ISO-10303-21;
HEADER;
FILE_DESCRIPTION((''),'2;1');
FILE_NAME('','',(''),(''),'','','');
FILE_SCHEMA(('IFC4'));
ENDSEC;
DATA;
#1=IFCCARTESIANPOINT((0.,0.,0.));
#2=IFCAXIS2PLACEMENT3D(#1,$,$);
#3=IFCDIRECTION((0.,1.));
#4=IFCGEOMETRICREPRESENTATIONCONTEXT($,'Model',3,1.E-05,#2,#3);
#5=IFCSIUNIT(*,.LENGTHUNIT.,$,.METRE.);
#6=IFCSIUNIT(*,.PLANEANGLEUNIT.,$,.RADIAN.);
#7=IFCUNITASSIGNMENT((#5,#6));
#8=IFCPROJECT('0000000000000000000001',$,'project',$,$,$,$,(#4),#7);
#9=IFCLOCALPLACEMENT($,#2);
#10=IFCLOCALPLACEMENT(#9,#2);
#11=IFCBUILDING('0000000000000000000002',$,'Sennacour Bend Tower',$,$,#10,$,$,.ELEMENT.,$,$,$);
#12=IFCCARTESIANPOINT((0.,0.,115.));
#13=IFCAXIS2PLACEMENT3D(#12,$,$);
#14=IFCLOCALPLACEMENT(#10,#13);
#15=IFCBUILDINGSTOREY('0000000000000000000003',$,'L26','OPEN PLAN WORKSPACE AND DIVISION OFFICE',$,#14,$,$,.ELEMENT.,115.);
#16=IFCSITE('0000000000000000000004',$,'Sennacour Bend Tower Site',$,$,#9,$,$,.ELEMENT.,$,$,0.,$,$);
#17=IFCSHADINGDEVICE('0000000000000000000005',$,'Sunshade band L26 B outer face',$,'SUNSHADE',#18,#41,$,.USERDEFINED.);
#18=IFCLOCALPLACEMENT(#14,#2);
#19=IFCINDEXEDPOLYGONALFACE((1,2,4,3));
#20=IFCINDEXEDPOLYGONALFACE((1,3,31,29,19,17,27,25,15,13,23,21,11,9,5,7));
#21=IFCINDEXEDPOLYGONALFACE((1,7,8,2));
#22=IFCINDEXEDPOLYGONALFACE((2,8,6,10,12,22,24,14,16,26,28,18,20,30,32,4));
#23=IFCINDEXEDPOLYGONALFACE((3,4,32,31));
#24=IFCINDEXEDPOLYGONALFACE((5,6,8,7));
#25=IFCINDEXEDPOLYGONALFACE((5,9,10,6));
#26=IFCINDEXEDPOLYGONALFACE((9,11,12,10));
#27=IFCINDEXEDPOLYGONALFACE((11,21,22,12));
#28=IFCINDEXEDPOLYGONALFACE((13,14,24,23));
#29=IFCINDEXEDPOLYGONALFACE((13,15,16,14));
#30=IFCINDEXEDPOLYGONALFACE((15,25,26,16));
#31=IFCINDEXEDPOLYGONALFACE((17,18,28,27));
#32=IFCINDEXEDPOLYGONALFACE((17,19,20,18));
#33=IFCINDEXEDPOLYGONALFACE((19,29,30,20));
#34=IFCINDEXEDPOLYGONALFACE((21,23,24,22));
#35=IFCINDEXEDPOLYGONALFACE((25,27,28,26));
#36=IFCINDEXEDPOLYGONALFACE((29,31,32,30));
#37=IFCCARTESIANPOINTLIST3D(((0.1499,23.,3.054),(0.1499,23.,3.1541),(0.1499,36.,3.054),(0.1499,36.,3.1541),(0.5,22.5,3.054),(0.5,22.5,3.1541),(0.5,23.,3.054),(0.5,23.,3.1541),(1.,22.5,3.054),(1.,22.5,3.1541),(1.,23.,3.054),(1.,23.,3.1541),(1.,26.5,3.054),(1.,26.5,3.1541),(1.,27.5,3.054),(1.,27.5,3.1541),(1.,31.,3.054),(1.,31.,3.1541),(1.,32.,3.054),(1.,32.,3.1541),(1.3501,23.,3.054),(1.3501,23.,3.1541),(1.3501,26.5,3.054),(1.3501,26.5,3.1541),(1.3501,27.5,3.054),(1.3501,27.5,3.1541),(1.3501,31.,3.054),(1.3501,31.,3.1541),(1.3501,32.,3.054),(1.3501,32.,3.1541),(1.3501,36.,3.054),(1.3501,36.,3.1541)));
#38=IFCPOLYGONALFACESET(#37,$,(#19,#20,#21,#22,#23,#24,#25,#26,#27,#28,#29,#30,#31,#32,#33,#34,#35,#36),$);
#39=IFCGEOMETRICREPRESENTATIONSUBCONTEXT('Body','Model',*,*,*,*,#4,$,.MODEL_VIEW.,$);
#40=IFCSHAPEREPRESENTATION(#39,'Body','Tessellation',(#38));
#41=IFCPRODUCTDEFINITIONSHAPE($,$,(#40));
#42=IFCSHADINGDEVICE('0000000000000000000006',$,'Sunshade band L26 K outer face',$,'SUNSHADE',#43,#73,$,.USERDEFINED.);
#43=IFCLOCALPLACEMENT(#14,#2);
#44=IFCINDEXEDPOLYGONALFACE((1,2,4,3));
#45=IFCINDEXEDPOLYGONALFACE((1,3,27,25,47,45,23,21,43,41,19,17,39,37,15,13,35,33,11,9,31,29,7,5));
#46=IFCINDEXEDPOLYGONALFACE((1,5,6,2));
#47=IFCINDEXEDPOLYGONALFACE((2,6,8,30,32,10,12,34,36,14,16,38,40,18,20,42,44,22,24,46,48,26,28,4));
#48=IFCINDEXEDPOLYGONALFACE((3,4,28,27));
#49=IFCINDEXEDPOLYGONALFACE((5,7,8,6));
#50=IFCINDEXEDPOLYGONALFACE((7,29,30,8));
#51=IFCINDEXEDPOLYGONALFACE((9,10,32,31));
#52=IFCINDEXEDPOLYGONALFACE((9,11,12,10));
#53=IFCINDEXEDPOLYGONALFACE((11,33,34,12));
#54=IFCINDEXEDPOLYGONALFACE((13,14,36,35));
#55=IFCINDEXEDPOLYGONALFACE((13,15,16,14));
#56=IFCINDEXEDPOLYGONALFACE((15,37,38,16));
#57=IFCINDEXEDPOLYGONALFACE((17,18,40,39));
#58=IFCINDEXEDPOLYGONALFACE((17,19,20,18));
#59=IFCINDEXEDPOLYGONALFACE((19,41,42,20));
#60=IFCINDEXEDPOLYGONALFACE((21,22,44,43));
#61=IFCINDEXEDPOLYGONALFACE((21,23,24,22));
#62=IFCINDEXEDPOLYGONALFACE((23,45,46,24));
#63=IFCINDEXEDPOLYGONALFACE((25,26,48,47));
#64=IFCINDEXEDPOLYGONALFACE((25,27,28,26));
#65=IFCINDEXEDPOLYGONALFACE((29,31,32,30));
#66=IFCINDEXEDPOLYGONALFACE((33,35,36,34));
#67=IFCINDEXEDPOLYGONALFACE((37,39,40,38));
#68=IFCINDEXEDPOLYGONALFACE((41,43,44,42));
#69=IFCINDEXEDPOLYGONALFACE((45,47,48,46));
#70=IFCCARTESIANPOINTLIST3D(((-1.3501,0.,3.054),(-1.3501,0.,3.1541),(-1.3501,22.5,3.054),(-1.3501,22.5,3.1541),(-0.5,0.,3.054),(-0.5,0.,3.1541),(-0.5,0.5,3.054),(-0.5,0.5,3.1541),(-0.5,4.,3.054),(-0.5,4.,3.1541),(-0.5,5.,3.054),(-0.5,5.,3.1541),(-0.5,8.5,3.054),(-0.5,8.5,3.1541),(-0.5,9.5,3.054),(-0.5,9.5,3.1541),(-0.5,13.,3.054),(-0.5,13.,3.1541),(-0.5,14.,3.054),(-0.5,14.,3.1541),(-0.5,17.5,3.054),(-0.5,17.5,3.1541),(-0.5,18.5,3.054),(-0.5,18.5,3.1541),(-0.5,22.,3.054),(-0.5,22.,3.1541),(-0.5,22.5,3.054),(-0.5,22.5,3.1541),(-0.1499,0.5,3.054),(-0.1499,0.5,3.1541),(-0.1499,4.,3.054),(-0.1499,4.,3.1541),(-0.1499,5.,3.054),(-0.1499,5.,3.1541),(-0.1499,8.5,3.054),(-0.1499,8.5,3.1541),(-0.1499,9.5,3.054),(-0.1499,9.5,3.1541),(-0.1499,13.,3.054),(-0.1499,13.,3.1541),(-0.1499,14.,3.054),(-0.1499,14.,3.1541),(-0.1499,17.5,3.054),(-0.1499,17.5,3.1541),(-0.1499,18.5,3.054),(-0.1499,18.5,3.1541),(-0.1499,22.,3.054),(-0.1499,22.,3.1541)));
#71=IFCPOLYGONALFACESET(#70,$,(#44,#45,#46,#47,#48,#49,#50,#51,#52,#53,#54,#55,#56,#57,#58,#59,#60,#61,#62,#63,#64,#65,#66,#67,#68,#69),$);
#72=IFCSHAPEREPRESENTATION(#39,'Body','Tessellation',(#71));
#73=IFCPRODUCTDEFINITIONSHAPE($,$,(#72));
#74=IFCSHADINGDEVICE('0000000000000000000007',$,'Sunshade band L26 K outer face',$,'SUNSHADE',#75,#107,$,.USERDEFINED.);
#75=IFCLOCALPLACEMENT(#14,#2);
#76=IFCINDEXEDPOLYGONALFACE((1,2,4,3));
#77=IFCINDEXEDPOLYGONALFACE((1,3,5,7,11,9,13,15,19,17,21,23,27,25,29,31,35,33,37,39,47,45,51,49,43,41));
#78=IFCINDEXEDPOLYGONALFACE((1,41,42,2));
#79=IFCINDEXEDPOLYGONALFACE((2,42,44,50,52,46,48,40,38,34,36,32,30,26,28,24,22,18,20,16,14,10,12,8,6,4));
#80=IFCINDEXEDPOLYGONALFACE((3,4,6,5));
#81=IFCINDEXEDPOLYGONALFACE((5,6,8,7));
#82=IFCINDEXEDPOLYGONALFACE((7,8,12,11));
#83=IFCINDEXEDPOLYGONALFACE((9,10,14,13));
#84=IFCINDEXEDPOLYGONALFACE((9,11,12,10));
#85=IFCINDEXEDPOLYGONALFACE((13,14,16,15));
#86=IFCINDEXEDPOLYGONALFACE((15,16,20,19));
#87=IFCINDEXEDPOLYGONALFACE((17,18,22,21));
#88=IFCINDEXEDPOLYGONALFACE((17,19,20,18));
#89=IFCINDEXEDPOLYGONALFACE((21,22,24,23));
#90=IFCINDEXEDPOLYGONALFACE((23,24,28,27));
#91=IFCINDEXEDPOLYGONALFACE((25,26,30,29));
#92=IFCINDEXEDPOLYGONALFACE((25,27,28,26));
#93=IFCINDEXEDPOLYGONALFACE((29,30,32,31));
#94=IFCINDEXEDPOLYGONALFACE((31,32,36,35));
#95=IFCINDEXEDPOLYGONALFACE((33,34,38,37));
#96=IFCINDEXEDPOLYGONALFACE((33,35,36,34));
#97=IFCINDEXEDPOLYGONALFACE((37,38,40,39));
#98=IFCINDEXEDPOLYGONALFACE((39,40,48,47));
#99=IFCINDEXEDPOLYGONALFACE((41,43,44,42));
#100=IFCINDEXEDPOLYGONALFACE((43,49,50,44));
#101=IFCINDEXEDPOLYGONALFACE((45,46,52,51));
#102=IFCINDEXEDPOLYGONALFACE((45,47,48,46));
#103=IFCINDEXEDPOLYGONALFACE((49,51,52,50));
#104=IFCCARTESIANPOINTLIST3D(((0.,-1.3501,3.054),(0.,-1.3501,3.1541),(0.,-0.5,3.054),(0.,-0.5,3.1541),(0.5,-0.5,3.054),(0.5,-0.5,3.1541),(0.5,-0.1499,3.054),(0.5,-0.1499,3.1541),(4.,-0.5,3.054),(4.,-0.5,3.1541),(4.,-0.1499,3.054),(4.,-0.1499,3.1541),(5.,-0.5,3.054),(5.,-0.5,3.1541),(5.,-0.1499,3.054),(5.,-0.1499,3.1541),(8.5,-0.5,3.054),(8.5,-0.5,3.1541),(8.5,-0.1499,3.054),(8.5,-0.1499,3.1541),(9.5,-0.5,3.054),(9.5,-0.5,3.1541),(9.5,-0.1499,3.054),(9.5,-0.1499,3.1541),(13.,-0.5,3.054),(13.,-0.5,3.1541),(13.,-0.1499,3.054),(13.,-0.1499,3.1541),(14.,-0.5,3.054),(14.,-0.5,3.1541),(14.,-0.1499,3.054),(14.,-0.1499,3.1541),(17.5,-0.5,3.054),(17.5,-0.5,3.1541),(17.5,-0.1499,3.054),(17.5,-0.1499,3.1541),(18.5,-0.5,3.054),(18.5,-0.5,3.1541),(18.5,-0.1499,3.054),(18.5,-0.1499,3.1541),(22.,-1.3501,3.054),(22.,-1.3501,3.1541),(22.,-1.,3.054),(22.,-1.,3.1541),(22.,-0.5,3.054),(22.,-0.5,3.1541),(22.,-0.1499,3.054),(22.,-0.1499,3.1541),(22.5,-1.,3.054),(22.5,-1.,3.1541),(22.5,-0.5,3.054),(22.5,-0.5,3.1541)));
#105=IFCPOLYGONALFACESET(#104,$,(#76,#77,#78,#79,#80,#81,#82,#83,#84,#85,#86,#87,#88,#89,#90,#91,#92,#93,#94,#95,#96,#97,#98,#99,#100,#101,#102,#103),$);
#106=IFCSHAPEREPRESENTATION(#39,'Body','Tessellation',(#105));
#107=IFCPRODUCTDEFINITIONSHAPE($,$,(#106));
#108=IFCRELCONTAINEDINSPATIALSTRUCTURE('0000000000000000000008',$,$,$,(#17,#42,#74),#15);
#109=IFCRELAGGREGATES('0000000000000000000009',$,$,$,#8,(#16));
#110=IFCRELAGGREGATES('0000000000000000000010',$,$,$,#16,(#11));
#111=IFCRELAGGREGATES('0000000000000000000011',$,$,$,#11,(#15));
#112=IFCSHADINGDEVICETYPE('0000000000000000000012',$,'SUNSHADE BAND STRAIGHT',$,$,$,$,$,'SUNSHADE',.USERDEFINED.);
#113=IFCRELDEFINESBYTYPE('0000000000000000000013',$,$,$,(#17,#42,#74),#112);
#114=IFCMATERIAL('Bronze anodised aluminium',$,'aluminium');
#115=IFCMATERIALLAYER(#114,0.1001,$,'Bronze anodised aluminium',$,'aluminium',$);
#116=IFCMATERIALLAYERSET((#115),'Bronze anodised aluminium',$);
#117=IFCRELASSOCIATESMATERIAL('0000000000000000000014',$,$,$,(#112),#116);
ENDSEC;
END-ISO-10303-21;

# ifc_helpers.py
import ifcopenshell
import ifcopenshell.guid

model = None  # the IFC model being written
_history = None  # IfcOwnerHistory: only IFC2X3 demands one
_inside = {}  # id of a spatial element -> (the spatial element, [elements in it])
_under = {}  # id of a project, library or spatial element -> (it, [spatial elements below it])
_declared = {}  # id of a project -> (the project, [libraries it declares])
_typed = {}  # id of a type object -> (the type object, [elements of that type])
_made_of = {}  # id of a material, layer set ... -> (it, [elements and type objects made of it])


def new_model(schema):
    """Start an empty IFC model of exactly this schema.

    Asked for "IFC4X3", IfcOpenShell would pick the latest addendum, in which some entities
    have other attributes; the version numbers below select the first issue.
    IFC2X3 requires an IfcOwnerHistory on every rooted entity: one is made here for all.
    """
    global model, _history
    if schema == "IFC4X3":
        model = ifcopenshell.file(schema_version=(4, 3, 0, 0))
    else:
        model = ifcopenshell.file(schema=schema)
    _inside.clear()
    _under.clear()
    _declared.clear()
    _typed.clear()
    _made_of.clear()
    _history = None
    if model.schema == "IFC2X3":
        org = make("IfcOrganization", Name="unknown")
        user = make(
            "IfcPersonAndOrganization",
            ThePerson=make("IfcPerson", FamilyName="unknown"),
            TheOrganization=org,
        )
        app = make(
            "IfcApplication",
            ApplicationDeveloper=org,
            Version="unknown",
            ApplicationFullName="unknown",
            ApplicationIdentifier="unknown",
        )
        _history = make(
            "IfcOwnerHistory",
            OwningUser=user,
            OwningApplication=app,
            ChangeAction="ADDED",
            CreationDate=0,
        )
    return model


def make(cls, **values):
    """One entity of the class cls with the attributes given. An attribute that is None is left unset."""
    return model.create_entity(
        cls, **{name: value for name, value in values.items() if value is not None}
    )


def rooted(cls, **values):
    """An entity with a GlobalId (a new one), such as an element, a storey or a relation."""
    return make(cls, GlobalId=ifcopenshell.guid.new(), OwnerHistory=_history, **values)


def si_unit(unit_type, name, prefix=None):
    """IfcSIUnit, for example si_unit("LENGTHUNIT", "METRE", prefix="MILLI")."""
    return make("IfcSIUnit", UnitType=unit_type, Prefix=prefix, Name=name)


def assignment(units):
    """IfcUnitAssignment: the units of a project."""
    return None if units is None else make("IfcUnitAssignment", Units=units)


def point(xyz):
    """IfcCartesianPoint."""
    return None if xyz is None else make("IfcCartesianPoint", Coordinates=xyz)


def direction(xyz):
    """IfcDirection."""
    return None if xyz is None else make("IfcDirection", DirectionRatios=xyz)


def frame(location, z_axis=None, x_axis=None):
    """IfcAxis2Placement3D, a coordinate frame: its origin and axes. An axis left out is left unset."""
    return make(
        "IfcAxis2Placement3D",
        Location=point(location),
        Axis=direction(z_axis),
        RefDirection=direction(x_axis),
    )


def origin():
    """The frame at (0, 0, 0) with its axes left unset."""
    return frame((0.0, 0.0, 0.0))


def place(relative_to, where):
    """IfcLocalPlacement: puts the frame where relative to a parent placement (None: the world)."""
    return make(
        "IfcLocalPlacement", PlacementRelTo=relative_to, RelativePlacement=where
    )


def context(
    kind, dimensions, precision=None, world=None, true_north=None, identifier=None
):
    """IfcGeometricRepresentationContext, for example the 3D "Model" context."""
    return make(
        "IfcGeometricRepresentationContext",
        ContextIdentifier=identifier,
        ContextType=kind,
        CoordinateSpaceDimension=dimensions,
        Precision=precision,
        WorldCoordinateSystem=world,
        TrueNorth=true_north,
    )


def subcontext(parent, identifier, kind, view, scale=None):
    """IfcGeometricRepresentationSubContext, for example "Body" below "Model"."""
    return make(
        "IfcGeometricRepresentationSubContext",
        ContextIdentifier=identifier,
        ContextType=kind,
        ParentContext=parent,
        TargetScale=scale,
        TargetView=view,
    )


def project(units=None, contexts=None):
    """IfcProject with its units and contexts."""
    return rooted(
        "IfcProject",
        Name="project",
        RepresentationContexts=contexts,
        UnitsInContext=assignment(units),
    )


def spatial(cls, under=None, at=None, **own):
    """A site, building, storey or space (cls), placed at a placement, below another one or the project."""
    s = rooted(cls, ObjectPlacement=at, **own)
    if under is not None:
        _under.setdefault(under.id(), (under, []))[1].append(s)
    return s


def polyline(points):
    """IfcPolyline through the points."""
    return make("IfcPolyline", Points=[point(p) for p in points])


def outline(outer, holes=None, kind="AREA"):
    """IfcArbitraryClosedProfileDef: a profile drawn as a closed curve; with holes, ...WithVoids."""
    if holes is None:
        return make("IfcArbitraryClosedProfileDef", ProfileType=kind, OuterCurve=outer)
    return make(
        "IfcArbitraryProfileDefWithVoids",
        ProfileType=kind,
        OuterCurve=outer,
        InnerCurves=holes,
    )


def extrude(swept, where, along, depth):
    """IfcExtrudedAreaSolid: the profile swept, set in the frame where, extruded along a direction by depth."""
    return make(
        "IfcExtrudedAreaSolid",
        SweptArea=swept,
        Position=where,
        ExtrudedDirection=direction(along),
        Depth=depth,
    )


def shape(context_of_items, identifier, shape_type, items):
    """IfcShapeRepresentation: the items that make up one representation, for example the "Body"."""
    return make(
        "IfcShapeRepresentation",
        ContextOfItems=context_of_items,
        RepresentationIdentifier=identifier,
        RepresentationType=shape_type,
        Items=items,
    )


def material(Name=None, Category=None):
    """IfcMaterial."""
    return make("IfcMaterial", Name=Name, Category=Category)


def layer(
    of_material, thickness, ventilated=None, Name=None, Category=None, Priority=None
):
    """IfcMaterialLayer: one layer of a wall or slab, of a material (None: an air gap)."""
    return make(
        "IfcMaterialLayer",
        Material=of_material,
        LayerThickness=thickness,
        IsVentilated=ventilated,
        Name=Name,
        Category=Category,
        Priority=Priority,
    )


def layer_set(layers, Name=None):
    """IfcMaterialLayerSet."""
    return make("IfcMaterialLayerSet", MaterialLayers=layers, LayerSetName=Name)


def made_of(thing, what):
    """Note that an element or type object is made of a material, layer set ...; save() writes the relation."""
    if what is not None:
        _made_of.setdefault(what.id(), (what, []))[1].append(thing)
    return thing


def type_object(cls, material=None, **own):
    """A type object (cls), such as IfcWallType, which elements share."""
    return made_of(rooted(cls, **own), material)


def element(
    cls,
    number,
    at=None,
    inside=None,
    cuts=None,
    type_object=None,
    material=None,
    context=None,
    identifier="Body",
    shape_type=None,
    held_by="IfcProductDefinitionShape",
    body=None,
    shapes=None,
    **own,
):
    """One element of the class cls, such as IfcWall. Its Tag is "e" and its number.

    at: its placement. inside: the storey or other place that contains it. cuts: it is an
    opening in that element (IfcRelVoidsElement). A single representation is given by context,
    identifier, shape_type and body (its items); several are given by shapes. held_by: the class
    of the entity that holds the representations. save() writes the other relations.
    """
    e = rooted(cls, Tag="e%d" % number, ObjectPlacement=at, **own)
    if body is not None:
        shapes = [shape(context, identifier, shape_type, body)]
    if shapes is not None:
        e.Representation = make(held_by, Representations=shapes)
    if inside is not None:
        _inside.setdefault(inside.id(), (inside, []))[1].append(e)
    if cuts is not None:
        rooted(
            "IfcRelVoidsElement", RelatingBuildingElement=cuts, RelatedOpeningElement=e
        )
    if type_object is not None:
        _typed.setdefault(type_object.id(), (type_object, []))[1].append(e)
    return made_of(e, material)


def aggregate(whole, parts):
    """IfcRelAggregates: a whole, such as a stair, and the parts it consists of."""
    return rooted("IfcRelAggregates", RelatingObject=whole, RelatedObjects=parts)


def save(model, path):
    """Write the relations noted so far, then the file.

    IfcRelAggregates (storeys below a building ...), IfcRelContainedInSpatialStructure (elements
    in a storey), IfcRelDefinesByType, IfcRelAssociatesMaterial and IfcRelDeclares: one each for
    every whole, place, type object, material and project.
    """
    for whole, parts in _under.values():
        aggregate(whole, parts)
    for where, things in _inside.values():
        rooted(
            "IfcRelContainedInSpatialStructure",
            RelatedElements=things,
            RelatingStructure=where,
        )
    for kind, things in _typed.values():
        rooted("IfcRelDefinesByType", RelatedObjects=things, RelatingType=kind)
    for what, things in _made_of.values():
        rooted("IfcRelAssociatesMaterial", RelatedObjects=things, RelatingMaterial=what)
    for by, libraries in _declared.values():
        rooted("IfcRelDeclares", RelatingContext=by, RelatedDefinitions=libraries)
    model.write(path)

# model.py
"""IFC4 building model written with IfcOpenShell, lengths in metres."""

from ifc_helpers import new_model, si_unit, direction, frame, origin, place, context, subcontext, project, spatial, polyline, outline, extrude, material, layer, layer_set, type_object, element, save


model = new_model("IFC4")

# Units and contexts
model_context = context("Model", 3, precision=1e-05, world=origin(), true_north=direction((0.0, 1.0)))
body_context = subcontext(model_context, "Body", "Model", "MODEL_VIEW")
ifc_project = project(units=[si_unit("LENGTHUNIT", "METRE"), si_unit("PLANEANGLEUNIT", "RADIAN")], contexts=[model_context])

# Site, building, storey
site_placement = place(None, origin())
site = spatial("IfcSite", under=ifc_project, at=site_placement, Name="Sennacour Bend Tower Site", CompositionType="ELEMENT", RefElevation=0.0)
building_placement = place(site_placement, origin())
building = spatial("IfcBuilding", under=site, at=building_placement, Name="Sennacour Bend Tower", CompositionType="ELEMENT")
storey_placement = place(building_placement, frame((0.0, 0.0, 115.0)))
storey = spatial("IfcBuildingStorey", under=building, at=storey_placement, Name="L26", Description="OPEN PLAN WORKSPACE AND DIVISION OFFICE", CompositionType="ELEMENT", Elevation=115.0)

# Shading devices
ifc_material_1 = material(Name="Bronze anodised aluminium", Category="aluminium")
ifc_layer_1 = layer(ifc_material_1, 0.1001, Name="Bronze anodised aluminium", Category="aluminium")
ifc_layer_set_1 = layer_set([ifc_layer_1], Name="Bronze anodised aluminium")
shading_device_type_1 = type_object("IfcShadingDeviceType", Name="SUNSHADE BAND STRAIGHT", ElementType="SUNSHADE", PredefinedType="USERDEFINED", material=ifc_layer_set_1)
shading_device_1_placement = place(storey_placement, frame((0.0, 0.0, 3.054)))
element("IfcShadingDevice", 1, at=shading_device_1_placement, inside=storey, type_object=shading_device_type_1, Name="Sunshade band L26 B outer face", ObjectType="SUNSHADE", PredefinedType="USERDEFINED", context=body_context, shape_type="SweptSolid", body=[
    extrude(outline(polyline([(1.3501, 32.0), (1.0, 32.0), (1.0, 31.0), (1.3501, 31.0), (1.3501, 27.5), (1.0, 27.5), (1.0, 26.5), (1.3501, 26.5), (1.3501, 23.0), (1.0, 23.0), (1.0, 22.5), (0.5, 22.5), (0.5, 23.0), (0.1499, 23.0), (0.1499, 36.0), (1.3501, 36.0), (1.3501, 32.0)])), origin(), (0.0, 0.0, 1.0), 0.1001),
])
shading_device_2_placement = place(storey_placement, frame((0.0, 0.0, 3.054)))
element("IfcShadingDevice", 2, at=shading_device_2_placement, inside=storey, type_object=shading_device_type_1, Name="Sunshade band L26 K outer face", ObjectType="SUNSHADE", PredefinedType="USERDEFINED", context=body_context, shape_type="SweptSolid", body=[
    extrude(outline(polyline([(-0.1499, 18.5), (-0.5, 18.5), (-0.5, 17.5), (-0.1499, 17.5), (-0.1499, 14.0), (-0.5, 14.0), (-0.5, 13.0), (-0.1499, 13.0), (-0.1499, 9.5), (-0.5, 9.5), (-0.5, 8.5), (-0.1499, 8.5), (-0.1499, 5.0), (-0.5, 5.0), (-0.5, 4.0), (-0.1499, 4.0), (-0.1499, 0.5), (-0.5, 0.5), (-0.5, 0.0), (-1.3501, 0.0), (-1.3501, 22.5), (-0.5, 22.5), (-0.5, 22.0), (-0.1499, 22.0), (-0.1499, 18.5)])), origin(), (0.0, 0.0, 1.0), 0.1001),
])
shading_device_3_placement = place(storey_placement, frame((0.0, 0.0, 3.054)))
element("IfcShadingDevice", 3, at=shading_device_3_placement, inside=storey, type_object=shading_device_type_1, Name="Sunshade band L26 K outer face", ObjectType="SUNSHADE", PredefinedType="USERDEFINED", context=body_context, shape_type="SweptSolid", body=[
    extrude(outline(polyline([(4.0, -0.1499), (4.0, -0.5), (5.0, -0.5), (5.0, -0.1499), (8.5, -0.1499), (8.5, -0.5), (9.5, -0.5), (9.5, -0.1499), (13.0, -0.1499), (13.0, -0.5), (14.0, -0.5), (14.0, -0.1499), (17.5, -0.1499), (17.5, -0.5), (18.5, -0.5), (18.5, -0.1499), (22.0, -0.1499), (22.0, -0.5), (22.5, -0.5), (22.5, -1.0), (22.0, -1.0), (22.0, -1.3501), (0.0, -1.3501), (0.0, -0.5), (0.5, -0.5), (0.5, -0.1499), (4.0, -0.1499)])), origin(), (0.0, 0.0, 1.0), 0.1001),
])

save(model, "model.ifc")
